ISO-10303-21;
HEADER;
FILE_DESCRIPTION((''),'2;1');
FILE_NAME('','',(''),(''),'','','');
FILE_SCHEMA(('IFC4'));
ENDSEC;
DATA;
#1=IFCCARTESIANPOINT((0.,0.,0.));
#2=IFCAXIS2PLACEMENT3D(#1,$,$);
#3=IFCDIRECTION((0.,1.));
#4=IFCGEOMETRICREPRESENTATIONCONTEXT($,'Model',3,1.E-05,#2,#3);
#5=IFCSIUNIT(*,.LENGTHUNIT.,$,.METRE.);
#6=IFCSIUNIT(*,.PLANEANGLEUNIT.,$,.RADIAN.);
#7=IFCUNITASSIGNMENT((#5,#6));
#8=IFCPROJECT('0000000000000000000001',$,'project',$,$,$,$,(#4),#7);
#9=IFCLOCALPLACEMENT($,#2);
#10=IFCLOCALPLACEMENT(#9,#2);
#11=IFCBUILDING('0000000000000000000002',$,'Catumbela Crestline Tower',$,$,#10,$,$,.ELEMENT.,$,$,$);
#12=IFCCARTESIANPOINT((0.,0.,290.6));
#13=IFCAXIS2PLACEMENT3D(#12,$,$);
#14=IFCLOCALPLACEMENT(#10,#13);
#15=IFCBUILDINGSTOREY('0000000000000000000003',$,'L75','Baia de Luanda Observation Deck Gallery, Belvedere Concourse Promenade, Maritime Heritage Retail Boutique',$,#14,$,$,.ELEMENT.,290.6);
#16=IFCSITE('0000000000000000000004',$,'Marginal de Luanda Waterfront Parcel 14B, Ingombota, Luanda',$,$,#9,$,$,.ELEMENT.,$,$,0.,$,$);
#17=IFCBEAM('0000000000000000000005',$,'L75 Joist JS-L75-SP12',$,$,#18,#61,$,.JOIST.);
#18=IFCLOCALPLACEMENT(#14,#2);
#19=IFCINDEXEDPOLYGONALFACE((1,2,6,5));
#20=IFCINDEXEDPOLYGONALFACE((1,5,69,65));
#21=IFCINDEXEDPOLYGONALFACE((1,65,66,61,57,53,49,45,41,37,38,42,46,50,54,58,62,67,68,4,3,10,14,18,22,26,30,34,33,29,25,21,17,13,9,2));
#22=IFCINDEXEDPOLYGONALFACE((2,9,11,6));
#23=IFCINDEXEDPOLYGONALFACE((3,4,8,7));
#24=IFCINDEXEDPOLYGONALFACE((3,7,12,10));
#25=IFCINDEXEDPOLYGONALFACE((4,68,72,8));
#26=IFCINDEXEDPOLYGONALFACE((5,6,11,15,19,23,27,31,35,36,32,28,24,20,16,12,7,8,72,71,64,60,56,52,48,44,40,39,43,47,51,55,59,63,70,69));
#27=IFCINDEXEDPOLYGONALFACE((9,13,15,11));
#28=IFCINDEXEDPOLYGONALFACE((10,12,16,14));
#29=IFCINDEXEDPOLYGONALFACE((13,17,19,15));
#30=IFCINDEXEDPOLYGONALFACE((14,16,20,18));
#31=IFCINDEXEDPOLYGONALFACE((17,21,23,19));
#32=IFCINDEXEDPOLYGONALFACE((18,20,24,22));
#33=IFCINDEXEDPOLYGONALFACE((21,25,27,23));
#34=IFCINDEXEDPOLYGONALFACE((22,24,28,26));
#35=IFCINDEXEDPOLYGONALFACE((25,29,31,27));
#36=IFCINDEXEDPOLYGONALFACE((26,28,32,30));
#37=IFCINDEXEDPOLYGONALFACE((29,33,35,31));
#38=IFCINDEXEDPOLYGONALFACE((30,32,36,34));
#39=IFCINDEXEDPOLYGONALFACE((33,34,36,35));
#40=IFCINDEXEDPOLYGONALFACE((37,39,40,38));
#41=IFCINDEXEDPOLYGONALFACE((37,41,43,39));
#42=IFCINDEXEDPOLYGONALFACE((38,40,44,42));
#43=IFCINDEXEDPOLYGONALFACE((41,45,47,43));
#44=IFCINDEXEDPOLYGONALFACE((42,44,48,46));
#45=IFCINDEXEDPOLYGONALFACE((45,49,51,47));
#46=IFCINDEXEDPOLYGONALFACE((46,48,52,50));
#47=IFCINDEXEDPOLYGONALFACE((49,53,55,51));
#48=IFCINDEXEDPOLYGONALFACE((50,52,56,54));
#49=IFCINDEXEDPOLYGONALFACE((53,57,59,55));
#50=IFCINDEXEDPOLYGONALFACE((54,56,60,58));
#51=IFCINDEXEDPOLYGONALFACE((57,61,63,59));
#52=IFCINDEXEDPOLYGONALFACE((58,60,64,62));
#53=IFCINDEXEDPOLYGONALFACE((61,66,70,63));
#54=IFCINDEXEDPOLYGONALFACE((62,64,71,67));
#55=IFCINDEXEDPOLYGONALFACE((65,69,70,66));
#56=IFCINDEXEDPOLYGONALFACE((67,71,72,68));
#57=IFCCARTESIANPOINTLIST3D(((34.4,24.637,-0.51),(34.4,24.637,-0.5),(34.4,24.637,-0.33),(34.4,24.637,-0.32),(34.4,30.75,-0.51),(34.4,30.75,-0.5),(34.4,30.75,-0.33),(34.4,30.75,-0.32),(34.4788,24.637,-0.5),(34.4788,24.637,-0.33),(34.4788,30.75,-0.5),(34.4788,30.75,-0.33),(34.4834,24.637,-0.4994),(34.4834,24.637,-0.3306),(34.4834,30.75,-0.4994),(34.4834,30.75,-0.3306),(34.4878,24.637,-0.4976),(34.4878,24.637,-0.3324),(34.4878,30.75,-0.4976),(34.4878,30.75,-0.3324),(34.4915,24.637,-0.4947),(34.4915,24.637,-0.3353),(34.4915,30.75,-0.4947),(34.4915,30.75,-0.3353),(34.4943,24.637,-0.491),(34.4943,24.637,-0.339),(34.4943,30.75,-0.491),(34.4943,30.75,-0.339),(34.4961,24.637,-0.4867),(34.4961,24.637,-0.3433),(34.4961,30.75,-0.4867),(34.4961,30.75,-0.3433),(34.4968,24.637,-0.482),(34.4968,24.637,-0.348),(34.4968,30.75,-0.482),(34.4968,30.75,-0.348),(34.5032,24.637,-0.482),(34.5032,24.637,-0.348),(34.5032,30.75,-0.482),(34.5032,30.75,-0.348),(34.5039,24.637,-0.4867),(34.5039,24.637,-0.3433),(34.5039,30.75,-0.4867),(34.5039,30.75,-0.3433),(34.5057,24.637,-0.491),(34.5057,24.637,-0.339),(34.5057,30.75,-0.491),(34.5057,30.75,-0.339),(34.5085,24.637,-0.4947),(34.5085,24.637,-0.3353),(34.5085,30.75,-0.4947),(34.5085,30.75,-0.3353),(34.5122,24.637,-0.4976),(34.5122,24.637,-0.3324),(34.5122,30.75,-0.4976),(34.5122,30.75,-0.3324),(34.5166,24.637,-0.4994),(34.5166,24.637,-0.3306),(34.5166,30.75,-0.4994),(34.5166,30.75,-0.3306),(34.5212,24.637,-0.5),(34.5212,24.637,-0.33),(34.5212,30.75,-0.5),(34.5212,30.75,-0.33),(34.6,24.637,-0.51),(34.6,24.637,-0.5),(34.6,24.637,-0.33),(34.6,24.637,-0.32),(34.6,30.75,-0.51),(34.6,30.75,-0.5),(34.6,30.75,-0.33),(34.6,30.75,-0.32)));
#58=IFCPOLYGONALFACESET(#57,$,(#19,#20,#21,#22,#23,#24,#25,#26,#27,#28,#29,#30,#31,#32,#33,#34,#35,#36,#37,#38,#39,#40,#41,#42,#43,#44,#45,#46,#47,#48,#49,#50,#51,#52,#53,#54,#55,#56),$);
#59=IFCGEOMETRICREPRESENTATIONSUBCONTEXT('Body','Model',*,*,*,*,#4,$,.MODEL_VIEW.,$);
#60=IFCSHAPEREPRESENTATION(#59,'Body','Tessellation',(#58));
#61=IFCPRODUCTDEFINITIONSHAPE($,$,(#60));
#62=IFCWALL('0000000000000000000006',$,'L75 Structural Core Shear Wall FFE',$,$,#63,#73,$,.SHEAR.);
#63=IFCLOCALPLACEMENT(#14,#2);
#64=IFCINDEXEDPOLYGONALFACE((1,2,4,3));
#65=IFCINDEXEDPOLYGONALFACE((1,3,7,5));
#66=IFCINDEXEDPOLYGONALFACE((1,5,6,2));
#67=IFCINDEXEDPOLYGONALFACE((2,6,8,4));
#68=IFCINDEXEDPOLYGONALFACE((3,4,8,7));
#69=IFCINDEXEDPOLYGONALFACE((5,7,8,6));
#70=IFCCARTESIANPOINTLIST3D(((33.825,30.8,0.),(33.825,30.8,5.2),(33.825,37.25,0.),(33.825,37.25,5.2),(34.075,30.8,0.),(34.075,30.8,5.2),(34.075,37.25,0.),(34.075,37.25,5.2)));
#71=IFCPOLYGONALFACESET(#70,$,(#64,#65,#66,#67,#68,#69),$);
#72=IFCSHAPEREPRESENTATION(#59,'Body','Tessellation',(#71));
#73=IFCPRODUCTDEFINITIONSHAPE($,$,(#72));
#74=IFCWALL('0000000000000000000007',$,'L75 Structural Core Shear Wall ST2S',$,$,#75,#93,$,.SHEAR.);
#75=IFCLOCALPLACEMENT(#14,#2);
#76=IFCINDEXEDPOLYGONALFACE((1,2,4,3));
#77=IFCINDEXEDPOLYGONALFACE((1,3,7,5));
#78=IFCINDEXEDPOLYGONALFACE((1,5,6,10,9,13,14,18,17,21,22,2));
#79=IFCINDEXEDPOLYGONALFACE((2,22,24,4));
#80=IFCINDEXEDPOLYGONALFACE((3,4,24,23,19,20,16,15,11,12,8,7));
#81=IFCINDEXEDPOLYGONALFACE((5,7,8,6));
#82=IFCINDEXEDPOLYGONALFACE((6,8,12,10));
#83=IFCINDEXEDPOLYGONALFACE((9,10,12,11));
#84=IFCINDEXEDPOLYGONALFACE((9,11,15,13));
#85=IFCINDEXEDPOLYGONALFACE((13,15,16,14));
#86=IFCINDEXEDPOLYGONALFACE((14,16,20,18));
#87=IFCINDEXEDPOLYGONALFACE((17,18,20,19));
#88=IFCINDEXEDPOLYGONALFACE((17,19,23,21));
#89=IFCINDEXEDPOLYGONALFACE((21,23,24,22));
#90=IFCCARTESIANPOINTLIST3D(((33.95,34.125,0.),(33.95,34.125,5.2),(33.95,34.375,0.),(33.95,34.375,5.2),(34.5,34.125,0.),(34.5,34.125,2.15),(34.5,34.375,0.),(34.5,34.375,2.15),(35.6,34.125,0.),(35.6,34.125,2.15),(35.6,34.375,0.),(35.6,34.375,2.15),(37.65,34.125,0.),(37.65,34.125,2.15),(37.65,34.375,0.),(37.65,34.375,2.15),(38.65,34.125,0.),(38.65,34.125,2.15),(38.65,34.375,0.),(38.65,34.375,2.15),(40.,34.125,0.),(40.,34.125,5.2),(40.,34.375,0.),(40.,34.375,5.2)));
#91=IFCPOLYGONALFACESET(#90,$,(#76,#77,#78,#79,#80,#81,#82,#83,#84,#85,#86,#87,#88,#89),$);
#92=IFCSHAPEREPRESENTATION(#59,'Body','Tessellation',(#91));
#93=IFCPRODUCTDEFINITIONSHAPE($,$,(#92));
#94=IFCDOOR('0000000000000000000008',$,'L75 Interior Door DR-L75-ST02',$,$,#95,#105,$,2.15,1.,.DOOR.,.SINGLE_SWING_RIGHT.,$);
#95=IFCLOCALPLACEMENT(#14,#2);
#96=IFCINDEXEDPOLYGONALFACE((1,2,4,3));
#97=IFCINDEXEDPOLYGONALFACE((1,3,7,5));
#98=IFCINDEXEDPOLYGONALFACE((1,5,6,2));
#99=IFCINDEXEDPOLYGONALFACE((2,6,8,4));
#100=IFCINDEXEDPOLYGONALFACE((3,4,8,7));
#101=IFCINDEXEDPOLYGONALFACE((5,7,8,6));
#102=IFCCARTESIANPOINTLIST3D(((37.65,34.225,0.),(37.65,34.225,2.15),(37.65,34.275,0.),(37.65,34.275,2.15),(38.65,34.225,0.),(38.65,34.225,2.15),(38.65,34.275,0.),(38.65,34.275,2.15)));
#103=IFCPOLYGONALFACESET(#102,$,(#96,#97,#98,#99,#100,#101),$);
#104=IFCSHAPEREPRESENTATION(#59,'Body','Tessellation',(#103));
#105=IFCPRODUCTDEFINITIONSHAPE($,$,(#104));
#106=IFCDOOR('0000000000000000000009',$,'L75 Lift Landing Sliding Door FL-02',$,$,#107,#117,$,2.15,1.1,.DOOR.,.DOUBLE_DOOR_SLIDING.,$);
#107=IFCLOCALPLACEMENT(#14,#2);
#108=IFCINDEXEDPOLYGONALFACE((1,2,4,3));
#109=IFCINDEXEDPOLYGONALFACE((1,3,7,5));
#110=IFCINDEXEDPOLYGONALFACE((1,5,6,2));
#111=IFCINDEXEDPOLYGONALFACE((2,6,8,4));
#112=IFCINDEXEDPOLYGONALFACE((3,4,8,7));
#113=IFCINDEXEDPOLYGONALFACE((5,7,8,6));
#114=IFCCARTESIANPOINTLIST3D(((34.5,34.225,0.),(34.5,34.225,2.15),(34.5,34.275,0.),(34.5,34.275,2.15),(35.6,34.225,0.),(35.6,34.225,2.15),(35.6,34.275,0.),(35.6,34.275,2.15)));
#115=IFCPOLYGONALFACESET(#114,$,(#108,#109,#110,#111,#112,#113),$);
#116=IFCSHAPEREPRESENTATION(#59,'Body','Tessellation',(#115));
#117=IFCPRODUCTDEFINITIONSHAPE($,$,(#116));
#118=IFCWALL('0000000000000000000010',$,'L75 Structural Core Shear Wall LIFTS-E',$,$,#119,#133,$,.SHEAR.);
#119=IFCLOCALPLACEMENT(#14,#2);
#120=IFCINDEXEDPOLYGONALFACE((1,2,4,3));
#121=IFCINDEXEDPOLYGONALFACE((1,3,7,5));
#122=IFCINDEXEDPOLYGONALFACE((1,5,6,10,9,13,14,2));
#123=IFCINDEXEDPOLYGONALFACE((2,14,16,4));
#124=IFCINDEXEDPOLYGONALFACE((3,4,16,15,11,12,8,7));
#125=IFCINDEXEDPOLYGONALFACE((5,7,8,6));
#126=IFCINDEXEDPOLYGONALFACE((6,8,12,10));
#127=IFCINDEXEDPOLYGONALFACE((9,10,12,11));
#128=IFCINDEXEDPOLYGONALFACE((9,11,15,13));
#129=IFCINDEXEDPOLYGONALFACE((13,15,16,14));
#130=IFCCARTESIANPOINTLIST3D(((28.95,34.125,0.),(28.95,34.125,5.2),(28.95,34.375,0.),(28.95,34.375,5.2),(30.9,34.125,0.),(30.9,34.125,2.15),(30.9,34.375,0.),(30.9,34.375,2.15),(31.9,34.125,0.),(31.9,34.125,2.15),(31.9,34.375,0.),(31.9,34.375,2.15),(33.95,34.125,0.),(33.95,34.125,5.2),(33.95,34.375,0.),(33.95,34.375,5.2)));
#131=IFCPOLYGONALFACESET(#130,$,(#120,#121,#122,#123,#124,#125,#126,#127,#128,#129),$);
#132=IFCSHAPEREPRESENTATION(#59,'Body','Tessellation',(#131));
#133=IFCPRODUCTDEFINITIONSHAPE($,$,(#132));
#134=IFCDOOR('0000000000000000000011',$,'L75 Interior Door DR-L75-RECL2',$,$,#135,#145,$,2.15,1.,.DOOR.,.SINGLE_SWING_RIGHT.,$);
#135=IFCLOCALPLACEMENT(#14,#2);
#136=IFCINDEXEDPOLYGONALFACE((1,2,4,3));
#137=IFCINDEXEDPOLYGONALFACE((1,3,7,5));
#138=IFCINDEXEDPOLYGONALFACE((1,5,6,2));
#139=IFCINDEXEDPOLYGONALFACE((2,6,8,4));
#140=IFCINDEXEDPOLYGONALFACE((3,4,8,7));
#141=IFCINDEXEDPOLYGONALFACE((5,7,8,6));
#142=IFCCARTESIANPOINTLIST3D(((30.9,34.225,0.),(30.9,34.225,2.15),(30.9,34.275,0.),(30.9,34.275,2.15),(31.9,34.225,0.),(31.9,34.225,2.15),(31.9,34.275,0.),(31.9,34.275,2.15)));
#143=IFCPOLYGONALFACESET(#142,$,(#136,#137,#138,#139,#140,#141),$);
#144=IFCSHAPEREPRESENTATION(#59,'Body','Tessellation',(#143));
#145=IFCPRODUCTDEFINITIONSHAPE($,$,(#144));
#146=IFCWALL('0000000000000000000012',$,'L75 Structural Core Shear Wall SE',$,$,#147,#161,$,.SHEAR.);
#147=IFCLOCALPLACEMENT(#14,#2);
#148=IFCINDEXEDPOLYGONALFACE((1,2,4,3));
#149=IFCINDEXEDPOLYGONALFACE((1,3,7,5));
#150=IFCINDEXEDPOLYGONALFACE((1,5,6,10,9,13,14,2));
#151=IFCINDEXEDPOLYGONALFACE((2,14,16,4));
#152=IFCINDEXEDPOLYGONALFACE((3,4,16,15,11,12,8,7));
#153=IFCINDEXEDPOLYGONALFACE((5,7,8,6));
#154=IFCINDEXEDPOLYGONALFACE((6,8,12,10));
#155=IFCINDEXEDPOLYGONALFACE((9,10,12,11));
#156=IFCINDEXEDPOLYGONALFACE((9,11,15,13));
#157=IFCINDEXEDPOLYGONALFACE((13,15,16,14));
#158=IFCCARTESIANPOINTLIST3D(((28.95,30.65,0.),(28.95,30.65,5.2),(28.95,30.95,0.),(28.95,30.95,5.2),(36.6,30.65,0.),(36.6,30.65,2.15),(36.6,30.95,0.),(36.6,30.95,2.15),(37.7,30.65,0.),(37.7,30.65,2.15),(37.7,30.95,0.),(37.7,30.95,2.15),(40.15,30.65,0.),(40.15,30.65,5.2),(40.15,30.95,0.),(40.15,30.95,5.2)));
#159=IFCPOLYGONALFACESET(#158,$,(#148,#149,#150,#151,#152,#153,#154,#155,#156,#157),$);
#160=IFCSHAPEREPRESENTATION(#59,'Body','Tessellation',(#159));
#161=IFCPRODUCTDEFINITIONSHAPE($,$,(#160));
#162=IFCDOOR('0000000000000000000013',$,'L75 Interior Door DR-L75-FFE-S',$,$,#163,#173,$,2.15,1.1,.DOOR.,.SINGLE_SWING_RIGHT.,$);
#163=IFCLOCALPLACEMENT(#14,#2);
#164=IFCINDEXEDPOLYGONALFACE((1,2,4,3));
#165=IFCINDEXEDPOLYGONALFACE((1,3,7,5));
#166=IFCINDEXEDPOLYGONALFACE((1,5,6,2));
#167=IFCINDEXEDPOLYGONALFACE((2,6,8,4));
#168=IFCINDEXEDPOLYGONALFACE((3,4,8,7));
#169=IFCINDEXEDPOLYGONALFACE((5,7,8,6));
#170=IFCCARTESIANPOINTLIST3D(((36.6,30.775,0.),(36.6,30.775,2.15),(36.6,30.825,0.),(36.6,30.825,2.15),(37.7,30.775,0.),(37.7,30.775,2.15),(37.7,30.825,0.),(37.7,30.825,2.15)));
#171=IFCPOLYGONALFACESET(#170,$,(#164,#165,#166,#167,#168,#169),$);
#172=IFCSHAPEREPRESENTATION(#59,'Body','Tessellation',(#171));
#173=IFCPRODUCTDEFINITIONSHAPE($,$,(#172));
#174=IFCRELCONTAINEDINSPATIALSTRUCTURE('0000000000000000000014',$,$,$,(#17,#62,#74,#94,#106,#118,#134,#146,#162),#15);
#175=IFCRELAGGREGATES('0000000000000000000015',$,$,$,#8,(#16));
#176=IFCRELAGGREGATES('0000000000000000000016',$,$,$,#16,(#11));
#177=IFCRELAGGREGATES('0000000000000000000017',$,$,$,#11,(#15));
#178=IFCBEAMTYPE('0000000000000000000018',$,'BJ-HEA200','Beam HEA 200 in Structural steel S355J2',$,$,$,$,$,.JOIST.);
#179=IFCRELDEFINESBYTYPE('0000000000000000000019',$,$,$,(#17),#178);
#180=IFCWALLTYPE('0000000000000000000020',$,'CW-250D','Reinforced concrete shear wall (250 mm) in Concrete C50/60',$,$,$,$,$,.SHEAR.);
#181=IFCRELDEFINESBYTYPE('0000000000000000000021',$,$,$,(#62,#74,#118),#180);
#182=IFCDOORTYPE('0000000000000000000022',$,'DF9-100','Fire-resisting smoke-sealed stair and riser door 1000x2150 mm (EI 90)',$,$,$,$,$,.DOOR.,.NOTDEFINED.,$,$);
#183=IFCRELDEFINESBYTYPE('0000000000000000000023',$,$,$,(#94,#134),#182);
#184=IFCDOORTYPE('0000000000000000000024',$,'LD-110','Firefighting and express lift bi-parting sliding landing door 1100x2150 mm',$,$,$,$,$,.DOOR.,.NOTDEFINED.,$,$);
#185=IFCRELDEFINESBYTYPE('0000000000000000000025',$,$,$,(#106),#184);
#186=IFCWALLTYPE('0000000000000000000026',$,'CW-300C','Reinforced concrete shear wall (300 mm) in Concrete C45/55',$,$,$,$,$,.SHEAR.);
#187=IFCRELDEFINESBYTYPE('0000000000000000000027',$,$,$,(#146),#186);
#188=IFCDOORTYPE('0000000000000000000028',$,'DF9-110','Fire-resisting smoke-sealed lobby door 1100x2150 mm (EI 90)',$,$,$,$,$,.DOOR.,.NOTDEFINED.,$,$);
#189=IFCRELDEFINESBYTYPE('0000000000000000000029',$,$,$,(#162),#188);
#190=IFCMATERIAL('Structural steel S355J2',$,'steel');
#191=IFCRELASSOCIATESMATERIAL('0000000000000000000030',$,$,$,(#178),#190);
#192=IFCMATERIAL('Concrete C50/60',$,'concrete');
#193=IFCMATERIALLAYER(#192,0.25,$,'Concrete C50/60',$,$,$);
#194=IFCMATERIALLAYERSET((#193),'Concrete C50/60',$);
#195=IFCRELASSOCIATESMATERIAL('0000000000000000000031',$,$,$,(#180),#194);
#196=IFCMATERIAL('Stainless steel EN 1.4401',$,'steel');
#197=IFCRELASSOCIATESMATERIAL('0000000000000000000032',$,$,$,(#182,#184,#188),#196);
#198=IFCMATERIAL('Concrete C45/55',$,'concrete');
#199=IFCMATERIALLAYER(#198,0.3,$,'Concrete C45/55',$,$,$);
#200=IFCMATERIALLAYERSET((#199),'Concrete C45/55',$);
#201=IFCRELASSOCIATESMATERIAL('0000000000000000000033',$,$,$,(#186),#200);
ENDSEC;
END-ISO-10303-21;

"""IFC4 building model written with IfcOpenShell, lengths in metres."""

from ifc_helpers import new_model, si_unit, direction, frame, frame_2d, origin, origin_2d, place, context, subcontext, project, spatial, rectangle, i_section, extrude, material, layer, layer_set, material_profile, profile_set, type_object, element, fill, save


model = new_model("IFC4")

# Units and contexts
model_context = context("Model", 3, precision=1e-05, world=origin(), true_north=direction((0.0, 1.0)))
body_context = subcontext(model_context, "Body", "Model", "MODEL_VIEW")
ifc_project = project(units=[si_unit("LENGTHUNIT", "METRE"), si_unit("PLANEANGLEUNIT", "RADIAN")], contexts=[model_context])

# Site, building, storey
site_placement = place(None, origin())
site = spatial("IfcSite", under=ifc_project, at=site_placement, Name="Marginal de Luanda Waterfront Parcel 14B, Ingombota, Luanda", CompositionType="ELEMENT", RefElevation=0.0)
building_placement = place(site_placement, origin())
building = spatial("IfcBuilding", under=site, at=building_placement, Name="Catumbela Crestline Tower", CompositionType="ELEMENT")
storey_placement = place(building_placement, frame((0.0, 0.0, 290.6)))
storey = spatial("IfcBuildingStorey", under=building, at=storey_placement, Name="L75", Description="Baia de Luanda Observation Deck Gallery, Belvedere Concourse Promenade, Maritime Heritage Retail Boutique", CompositionType="ELEMENT", Elevation=290.6)

# Beam
ifc_material_1 = material(Name="Structural steel S355J2", Category="steel")
ifc_material_profile = material_profile(ifc_material_1, i_section(OverallWidth=0.2, OverallDepth=0.19, WebThickness=0.0065, FlangeThickness=0.01, FilletRadius=0.018, at=origin_2d()), Name="HEA 200")
ifc_profile_set = profile_set([ifc_material_profile], Name="Structural steel S355J2")
beam_type = type_object("IfcBeamType", Name="BJ-HEA200", Description="Beam HEA 200 in Structural steel S355J2", PredefinedType="JOIST", material=ifc_profile_set)
beam_placement = place(storey_placement, frame((34.5, 24.637, -0.415), z_axis=(0.0, 1.0, 0.0), x_axis=(-1.0, 0.0, 0.0)))
element("IfcBeam", 1, at=beam_placement, inside=storey, type_object=beam_type, Name="L75 Joist JS-L75-SP12", PredefinedType="JOIST", context=body_context, shape_type="SweptSolid", body=[
    extrude(i_section(OverallWidth=0.2, OverallDepth=0.19, WebThickness=0.0065, FlangeThickness=0.01, FilletRadius=0.018, at=origin_2d()), origin(), (0.0, 0.0, 1.0), 6.113),
])

# Wall
ifc_material_2 = material(Name="Concrete C50/60", Category="concrete")
ifc_layer_1 = layer(ifc_material_2, 0.25, Name="Concrete C50/60")
ifc_layer_set_1 = layer_set([ifc_layer_1], Name="Concrete C50/60")
wall_type_1 = type_object("IfcWallType", Name="CW-250D", Description="Reinforced concrete shear wall (250 mm) in Concrete C50/60", PredefinedType="SHEAR", material=ifc_layer_set_1)
wall_1_placement = place(storey_placement, frame((33.95, 30.8, 0.0), z_axis=(0.0, 0.0, 1.0), x_axis=(0.0, 1.0, 0.0)))
element("IfcWall", 2, at=wall_1_placement, inside=storey, type_object=wall_type_1, Name="L75 Structural Core Shear Wall FFE", PredefinedType="SHEAR", context=body_context, shape_type="SweptSolid", body=[
    extrude(rectangle(XDim=6.45, YDim=0.25, at=frame_2d((3.225, 0.0))), origin(), (0.0, 0.0, 1.0), 5.2),
])

# Wall, openings, doors
wall_2_placement = place(storey_placement, frame((33.95, 34.25, 0.0), z_axis=(0.0, 0.0, 1.0), x_axis=(1.0, 0.0, 0.0)))
wall_2 = element("IfcWall", 3, at=wall_2_placement, inside=storey, type_object=wall_type_1, Name="L75 Structural Core Shear Wall ST2S", PredefinedType="SHEAR", context=body_context, shape_type="SweptSolid", body=[
    extrude(rectangle(XDim=6.05, YDim=0.25, at=frame_2d((3.025, 0.0))), origin(), (0.0, 0.0, 1.0), 5.2),
])
opening_1_placement = place(wall_2_placement, frame((3.7, 0.0, 0.0)))
opening_1 = element("IfcOpeningElement", 4, at=opening_1_placement, cuts=wall_2, PredefinedType="OPENING", context=body_context, shape_type="SweptSolid", body=[
    extrude(rectangle(XDim=1.0, YDim=2.15, at=frame_2d((0.5, 1.075))), frame((0.0, 0.135, 0.0), z_axis=(0.0, -1.0, 0.0), x_axis=(1.0, 0.0, 0.0)), (0.0, 0.0, 1.0), 0.27),
])
opening_2_placement = place(wall_2_placement, frame((0.55, 0.0, 0.0)))
opening_2 = element("IfcOpeningElement", 5, at=opening_2_placement, cuts=wall_2, PredefinedType="OPENING", context=body_context, shape_type="SweptSolid", body=[
    extrude(rectangle(XDim=1.1, YDim=2.15, at=frame_2d((0.55, 1.075))), frame((0.0, 0.135, 0.0), z_axis=(0.0, -1.0, 0.0), x_axis=(1.0, 0.0, 0.0)), (0.0, 0.0, 1.0), 0.27),
])
ifc_material_3 = material(Name="Stainless steel EN 1.4401", Category="steel")
door_type_1 = type_object("IfcDoorType", Name="DF9-100", Description="Fire-resisting smoke-sealed stair and riser door 1000x2150 mm (EI 90)", OperationType="NOTDEFINED", PredefinedType="DOOR", material=ifc_material_3)
door_1_placement = place(opening_1_placement, origin())
door_1 = element("IfcDoor", 6, at=door_1_placement, inside=storey, type_object=door_type_1, Name="L75 Interior Door DR-L75-ST02", OperationType="SINGLE_SWING_RIGHT", OverallHeight=2.15, OverallWidth=1.0, PredefinedType="DOOR", context=body_context, shape_type="SweptSolid", body=[
    extrude(rectangle(XDim=1.0, YDim=2.15, at=frame_2d((0.5, 1.075))), frame((0.0, 0.025, 0.0), z_axis=(0.0, -1.0, 0.0), x_axis=(1.0, 0.0, 0.0)), (0.0, 0.0, 1.0), 0.05),
])
fill(opening_1, door_1)
door_type_2 = type_object("IfcDoorType", Name="LD-110", Description="Firefighting and express lift bi-parting sliding landing door 1100x2150 mm", OperationType="NOTDEFINED", PredefinedType="DOOR", material=ifc_material_3)
door_2_placement = place(opening_2_placement, origin())
door_2 = element("IfcDoor", 7, at=door_2_placement, inside=storey, type_object=door_type_2, Name="L75 Lift Landing Sliding Door FL-02", OperationType="DOUBLE_DOOR_SLIDING", OverallHeight=2.15, OverallWidth=1.1, PredefinedType="DOOR", context=body_context, shape_type="SweptSolid", body=[
    extrude(rectangle(XDim=1.1, YDim=2.15, at=frame_2d((0.55, 1.075))), frame((0.0, 0.025, 0.0), z_axis=(0.0, -1.0, 0.0), x_axis=(1.0, 0.0, 0.0)), (0.0, 0.0, 1.0), 0.05),
])
fill(opening_2, door_2)

# Walls, openings, doors
wall_3_placement = place(storey_placement, frame((28.95, 34.25, 0.0), z_axis=(0.0, 0.0, 1.0), x_axis=(1.0, 0.0, 0.0)))
wall_3 = element("IfcWall", 8, at=wall_3_placement, inside=storey, type_object=wall_type_1, Name="L75 Structural Core Shear Wall LIFTS-E", PredefinedType="SHEAR", context=body_context, shape_type="SweptSolid", body=[
    extrude(rectangle(XDim=5.0, YDim=0.25, at=frame_2d((2.5, 0.0))), origin(), (0.0, 0.0, 1.0), 5.2),
])
opening_3_placement = place(wall_3_placement, frame((1.95, 0.0, 0.0)))
opening_3 = element("IfcOpeningElement", 9, at=opening_3_placement, cuts=wall_3, PredefinedType="OPENING", context=body_context, shape_type="SweptSolid", body=[
    extrude(rectangle(XDim=1.0, YDim=2.15, at=frame_2d((0.5, 1.075))), frame((0.0, 0.135, 0.0), z_axis=(0.0, -1.0, 0.0), x_axis=(1.0, 0.0, 0.0)), (0.0, 0.0, 1.0), 0.27),
])
door_3_placement = place(opening_3_placement, origin())
door_3 = element("IfcDoor", 10, at=door_3_placement, inside=storey, type_object=door_type_1, Name="L75 Interior Door DR-L75-RECL2", OperationType="SINGLE_SWING_RIGHT", OverallHeight=2.15, OverallWidth=1.0, PredefinedType="DOOR", context=body_context, shape_type="SweptSolid", body=[
    extrude(rectangle(XDim=1.0, YDim=2.15, at=frame_2d((0.5, 1.075))), frame((0.0, 0.025, 0.0), z_axis=(0.0, -1.0, 0.0), x_axis=(1.0, 0.0, 0.0)), (0.0, 0.0, 1.0), 0.05),
])
fill(opening_3, door_3)
ifc_material_4 = material(Name="Concrete C45/55", Category="concrete")
ifc_layer_2 = layer(ifc_material_4, 0.3, Name="Concrete C45/55")
ifc_layer_set_2 = layer_set([ifc_layer_2], Name="Concrete C45/55")
wall_type_2 = type_object("IfcWallType", Name="CW-300C", Description="Reinforced concrete shear wall (300 mm) in Concrete C45/55", PredefinedType="SHEAR", material=ifc_layer_set_2)
wall_4_placement = place(storey_placement, frame((28.95, 30.8, 0.0), z_axis=(0.0, 0.0, 1.0), x_axis=(1.0, 0.0, 0.0)))
wall_4 = element("IfcWall", 11, at=wall_4_placement, inside=storey, type_object=wall_type_2, Name="L75 Structural Core Shear Wall SE", PredefinedType="SHEAR", context=body_context, shape_type="SweptSolid", body=[
    extrude(rectangle(XDim=11.2, YDim=0.3, at=frame_2d((5.6, 0.0))), origin(), (0.0, 0.0, 1.0), 5.2),
])
opening_4_placement = place(wall_4_placement, frame((7.65, 0.0, 0.0)))
opening_4 = element("IfcOpeningElement", 12, at=opening_4_placement, cuts=wall_4, PredefinedType="OPENING", context=body_context, shape_type="SweptSolid", body=[
    extrude(rectangle(XDim=1.1, YDim=2.15, at=frame_2d((0.55, 1.075))), frame((0.0, 0.16, 0.0), z_axis=(0.0, -1.0, 0.0), x_axis=(1.0, 0.0, 0.0)), (0.0, 0.0, 1.0), 0.32),
])
door_type_3 = type_object("IfcDoorType", Name="DF9-110", Description="Fire-resisting smoke-sealed lobby door 1100x2150 mm (EI 90)", OperationType="NOTDEFINED", PredefinedType="DOOR", material=ifc_material_3)
door_4_placement = place(opening_4_placement, origin())
door_4 = element("IfcDoor", 13, at=door_4_placement, inside=storey, type_object=door_type_3, Name="L75 Interior Door DR-L75-FFE-S", OperationType="SINGLE_SWING_RIGHT", OverallHeight=2.15, OverallWidth=1.1, PredefinedType="DOOR", context=body_context, shape_type="SweptSolid", body=[
    extrude(rectangle(XDim=1.1, YDim=2.15, at=frame_2d((0.55, 1.075))), frame((0.0, 0.025, 0.0), z_axis=(0.0, -1.0, 0.0), x_axis=(1.0, 0.0, 0.0)), (0.0, 0.0, 1.0), 0.05),
])
fill(opening_4, door_4)

save(model, "model.ifc")
